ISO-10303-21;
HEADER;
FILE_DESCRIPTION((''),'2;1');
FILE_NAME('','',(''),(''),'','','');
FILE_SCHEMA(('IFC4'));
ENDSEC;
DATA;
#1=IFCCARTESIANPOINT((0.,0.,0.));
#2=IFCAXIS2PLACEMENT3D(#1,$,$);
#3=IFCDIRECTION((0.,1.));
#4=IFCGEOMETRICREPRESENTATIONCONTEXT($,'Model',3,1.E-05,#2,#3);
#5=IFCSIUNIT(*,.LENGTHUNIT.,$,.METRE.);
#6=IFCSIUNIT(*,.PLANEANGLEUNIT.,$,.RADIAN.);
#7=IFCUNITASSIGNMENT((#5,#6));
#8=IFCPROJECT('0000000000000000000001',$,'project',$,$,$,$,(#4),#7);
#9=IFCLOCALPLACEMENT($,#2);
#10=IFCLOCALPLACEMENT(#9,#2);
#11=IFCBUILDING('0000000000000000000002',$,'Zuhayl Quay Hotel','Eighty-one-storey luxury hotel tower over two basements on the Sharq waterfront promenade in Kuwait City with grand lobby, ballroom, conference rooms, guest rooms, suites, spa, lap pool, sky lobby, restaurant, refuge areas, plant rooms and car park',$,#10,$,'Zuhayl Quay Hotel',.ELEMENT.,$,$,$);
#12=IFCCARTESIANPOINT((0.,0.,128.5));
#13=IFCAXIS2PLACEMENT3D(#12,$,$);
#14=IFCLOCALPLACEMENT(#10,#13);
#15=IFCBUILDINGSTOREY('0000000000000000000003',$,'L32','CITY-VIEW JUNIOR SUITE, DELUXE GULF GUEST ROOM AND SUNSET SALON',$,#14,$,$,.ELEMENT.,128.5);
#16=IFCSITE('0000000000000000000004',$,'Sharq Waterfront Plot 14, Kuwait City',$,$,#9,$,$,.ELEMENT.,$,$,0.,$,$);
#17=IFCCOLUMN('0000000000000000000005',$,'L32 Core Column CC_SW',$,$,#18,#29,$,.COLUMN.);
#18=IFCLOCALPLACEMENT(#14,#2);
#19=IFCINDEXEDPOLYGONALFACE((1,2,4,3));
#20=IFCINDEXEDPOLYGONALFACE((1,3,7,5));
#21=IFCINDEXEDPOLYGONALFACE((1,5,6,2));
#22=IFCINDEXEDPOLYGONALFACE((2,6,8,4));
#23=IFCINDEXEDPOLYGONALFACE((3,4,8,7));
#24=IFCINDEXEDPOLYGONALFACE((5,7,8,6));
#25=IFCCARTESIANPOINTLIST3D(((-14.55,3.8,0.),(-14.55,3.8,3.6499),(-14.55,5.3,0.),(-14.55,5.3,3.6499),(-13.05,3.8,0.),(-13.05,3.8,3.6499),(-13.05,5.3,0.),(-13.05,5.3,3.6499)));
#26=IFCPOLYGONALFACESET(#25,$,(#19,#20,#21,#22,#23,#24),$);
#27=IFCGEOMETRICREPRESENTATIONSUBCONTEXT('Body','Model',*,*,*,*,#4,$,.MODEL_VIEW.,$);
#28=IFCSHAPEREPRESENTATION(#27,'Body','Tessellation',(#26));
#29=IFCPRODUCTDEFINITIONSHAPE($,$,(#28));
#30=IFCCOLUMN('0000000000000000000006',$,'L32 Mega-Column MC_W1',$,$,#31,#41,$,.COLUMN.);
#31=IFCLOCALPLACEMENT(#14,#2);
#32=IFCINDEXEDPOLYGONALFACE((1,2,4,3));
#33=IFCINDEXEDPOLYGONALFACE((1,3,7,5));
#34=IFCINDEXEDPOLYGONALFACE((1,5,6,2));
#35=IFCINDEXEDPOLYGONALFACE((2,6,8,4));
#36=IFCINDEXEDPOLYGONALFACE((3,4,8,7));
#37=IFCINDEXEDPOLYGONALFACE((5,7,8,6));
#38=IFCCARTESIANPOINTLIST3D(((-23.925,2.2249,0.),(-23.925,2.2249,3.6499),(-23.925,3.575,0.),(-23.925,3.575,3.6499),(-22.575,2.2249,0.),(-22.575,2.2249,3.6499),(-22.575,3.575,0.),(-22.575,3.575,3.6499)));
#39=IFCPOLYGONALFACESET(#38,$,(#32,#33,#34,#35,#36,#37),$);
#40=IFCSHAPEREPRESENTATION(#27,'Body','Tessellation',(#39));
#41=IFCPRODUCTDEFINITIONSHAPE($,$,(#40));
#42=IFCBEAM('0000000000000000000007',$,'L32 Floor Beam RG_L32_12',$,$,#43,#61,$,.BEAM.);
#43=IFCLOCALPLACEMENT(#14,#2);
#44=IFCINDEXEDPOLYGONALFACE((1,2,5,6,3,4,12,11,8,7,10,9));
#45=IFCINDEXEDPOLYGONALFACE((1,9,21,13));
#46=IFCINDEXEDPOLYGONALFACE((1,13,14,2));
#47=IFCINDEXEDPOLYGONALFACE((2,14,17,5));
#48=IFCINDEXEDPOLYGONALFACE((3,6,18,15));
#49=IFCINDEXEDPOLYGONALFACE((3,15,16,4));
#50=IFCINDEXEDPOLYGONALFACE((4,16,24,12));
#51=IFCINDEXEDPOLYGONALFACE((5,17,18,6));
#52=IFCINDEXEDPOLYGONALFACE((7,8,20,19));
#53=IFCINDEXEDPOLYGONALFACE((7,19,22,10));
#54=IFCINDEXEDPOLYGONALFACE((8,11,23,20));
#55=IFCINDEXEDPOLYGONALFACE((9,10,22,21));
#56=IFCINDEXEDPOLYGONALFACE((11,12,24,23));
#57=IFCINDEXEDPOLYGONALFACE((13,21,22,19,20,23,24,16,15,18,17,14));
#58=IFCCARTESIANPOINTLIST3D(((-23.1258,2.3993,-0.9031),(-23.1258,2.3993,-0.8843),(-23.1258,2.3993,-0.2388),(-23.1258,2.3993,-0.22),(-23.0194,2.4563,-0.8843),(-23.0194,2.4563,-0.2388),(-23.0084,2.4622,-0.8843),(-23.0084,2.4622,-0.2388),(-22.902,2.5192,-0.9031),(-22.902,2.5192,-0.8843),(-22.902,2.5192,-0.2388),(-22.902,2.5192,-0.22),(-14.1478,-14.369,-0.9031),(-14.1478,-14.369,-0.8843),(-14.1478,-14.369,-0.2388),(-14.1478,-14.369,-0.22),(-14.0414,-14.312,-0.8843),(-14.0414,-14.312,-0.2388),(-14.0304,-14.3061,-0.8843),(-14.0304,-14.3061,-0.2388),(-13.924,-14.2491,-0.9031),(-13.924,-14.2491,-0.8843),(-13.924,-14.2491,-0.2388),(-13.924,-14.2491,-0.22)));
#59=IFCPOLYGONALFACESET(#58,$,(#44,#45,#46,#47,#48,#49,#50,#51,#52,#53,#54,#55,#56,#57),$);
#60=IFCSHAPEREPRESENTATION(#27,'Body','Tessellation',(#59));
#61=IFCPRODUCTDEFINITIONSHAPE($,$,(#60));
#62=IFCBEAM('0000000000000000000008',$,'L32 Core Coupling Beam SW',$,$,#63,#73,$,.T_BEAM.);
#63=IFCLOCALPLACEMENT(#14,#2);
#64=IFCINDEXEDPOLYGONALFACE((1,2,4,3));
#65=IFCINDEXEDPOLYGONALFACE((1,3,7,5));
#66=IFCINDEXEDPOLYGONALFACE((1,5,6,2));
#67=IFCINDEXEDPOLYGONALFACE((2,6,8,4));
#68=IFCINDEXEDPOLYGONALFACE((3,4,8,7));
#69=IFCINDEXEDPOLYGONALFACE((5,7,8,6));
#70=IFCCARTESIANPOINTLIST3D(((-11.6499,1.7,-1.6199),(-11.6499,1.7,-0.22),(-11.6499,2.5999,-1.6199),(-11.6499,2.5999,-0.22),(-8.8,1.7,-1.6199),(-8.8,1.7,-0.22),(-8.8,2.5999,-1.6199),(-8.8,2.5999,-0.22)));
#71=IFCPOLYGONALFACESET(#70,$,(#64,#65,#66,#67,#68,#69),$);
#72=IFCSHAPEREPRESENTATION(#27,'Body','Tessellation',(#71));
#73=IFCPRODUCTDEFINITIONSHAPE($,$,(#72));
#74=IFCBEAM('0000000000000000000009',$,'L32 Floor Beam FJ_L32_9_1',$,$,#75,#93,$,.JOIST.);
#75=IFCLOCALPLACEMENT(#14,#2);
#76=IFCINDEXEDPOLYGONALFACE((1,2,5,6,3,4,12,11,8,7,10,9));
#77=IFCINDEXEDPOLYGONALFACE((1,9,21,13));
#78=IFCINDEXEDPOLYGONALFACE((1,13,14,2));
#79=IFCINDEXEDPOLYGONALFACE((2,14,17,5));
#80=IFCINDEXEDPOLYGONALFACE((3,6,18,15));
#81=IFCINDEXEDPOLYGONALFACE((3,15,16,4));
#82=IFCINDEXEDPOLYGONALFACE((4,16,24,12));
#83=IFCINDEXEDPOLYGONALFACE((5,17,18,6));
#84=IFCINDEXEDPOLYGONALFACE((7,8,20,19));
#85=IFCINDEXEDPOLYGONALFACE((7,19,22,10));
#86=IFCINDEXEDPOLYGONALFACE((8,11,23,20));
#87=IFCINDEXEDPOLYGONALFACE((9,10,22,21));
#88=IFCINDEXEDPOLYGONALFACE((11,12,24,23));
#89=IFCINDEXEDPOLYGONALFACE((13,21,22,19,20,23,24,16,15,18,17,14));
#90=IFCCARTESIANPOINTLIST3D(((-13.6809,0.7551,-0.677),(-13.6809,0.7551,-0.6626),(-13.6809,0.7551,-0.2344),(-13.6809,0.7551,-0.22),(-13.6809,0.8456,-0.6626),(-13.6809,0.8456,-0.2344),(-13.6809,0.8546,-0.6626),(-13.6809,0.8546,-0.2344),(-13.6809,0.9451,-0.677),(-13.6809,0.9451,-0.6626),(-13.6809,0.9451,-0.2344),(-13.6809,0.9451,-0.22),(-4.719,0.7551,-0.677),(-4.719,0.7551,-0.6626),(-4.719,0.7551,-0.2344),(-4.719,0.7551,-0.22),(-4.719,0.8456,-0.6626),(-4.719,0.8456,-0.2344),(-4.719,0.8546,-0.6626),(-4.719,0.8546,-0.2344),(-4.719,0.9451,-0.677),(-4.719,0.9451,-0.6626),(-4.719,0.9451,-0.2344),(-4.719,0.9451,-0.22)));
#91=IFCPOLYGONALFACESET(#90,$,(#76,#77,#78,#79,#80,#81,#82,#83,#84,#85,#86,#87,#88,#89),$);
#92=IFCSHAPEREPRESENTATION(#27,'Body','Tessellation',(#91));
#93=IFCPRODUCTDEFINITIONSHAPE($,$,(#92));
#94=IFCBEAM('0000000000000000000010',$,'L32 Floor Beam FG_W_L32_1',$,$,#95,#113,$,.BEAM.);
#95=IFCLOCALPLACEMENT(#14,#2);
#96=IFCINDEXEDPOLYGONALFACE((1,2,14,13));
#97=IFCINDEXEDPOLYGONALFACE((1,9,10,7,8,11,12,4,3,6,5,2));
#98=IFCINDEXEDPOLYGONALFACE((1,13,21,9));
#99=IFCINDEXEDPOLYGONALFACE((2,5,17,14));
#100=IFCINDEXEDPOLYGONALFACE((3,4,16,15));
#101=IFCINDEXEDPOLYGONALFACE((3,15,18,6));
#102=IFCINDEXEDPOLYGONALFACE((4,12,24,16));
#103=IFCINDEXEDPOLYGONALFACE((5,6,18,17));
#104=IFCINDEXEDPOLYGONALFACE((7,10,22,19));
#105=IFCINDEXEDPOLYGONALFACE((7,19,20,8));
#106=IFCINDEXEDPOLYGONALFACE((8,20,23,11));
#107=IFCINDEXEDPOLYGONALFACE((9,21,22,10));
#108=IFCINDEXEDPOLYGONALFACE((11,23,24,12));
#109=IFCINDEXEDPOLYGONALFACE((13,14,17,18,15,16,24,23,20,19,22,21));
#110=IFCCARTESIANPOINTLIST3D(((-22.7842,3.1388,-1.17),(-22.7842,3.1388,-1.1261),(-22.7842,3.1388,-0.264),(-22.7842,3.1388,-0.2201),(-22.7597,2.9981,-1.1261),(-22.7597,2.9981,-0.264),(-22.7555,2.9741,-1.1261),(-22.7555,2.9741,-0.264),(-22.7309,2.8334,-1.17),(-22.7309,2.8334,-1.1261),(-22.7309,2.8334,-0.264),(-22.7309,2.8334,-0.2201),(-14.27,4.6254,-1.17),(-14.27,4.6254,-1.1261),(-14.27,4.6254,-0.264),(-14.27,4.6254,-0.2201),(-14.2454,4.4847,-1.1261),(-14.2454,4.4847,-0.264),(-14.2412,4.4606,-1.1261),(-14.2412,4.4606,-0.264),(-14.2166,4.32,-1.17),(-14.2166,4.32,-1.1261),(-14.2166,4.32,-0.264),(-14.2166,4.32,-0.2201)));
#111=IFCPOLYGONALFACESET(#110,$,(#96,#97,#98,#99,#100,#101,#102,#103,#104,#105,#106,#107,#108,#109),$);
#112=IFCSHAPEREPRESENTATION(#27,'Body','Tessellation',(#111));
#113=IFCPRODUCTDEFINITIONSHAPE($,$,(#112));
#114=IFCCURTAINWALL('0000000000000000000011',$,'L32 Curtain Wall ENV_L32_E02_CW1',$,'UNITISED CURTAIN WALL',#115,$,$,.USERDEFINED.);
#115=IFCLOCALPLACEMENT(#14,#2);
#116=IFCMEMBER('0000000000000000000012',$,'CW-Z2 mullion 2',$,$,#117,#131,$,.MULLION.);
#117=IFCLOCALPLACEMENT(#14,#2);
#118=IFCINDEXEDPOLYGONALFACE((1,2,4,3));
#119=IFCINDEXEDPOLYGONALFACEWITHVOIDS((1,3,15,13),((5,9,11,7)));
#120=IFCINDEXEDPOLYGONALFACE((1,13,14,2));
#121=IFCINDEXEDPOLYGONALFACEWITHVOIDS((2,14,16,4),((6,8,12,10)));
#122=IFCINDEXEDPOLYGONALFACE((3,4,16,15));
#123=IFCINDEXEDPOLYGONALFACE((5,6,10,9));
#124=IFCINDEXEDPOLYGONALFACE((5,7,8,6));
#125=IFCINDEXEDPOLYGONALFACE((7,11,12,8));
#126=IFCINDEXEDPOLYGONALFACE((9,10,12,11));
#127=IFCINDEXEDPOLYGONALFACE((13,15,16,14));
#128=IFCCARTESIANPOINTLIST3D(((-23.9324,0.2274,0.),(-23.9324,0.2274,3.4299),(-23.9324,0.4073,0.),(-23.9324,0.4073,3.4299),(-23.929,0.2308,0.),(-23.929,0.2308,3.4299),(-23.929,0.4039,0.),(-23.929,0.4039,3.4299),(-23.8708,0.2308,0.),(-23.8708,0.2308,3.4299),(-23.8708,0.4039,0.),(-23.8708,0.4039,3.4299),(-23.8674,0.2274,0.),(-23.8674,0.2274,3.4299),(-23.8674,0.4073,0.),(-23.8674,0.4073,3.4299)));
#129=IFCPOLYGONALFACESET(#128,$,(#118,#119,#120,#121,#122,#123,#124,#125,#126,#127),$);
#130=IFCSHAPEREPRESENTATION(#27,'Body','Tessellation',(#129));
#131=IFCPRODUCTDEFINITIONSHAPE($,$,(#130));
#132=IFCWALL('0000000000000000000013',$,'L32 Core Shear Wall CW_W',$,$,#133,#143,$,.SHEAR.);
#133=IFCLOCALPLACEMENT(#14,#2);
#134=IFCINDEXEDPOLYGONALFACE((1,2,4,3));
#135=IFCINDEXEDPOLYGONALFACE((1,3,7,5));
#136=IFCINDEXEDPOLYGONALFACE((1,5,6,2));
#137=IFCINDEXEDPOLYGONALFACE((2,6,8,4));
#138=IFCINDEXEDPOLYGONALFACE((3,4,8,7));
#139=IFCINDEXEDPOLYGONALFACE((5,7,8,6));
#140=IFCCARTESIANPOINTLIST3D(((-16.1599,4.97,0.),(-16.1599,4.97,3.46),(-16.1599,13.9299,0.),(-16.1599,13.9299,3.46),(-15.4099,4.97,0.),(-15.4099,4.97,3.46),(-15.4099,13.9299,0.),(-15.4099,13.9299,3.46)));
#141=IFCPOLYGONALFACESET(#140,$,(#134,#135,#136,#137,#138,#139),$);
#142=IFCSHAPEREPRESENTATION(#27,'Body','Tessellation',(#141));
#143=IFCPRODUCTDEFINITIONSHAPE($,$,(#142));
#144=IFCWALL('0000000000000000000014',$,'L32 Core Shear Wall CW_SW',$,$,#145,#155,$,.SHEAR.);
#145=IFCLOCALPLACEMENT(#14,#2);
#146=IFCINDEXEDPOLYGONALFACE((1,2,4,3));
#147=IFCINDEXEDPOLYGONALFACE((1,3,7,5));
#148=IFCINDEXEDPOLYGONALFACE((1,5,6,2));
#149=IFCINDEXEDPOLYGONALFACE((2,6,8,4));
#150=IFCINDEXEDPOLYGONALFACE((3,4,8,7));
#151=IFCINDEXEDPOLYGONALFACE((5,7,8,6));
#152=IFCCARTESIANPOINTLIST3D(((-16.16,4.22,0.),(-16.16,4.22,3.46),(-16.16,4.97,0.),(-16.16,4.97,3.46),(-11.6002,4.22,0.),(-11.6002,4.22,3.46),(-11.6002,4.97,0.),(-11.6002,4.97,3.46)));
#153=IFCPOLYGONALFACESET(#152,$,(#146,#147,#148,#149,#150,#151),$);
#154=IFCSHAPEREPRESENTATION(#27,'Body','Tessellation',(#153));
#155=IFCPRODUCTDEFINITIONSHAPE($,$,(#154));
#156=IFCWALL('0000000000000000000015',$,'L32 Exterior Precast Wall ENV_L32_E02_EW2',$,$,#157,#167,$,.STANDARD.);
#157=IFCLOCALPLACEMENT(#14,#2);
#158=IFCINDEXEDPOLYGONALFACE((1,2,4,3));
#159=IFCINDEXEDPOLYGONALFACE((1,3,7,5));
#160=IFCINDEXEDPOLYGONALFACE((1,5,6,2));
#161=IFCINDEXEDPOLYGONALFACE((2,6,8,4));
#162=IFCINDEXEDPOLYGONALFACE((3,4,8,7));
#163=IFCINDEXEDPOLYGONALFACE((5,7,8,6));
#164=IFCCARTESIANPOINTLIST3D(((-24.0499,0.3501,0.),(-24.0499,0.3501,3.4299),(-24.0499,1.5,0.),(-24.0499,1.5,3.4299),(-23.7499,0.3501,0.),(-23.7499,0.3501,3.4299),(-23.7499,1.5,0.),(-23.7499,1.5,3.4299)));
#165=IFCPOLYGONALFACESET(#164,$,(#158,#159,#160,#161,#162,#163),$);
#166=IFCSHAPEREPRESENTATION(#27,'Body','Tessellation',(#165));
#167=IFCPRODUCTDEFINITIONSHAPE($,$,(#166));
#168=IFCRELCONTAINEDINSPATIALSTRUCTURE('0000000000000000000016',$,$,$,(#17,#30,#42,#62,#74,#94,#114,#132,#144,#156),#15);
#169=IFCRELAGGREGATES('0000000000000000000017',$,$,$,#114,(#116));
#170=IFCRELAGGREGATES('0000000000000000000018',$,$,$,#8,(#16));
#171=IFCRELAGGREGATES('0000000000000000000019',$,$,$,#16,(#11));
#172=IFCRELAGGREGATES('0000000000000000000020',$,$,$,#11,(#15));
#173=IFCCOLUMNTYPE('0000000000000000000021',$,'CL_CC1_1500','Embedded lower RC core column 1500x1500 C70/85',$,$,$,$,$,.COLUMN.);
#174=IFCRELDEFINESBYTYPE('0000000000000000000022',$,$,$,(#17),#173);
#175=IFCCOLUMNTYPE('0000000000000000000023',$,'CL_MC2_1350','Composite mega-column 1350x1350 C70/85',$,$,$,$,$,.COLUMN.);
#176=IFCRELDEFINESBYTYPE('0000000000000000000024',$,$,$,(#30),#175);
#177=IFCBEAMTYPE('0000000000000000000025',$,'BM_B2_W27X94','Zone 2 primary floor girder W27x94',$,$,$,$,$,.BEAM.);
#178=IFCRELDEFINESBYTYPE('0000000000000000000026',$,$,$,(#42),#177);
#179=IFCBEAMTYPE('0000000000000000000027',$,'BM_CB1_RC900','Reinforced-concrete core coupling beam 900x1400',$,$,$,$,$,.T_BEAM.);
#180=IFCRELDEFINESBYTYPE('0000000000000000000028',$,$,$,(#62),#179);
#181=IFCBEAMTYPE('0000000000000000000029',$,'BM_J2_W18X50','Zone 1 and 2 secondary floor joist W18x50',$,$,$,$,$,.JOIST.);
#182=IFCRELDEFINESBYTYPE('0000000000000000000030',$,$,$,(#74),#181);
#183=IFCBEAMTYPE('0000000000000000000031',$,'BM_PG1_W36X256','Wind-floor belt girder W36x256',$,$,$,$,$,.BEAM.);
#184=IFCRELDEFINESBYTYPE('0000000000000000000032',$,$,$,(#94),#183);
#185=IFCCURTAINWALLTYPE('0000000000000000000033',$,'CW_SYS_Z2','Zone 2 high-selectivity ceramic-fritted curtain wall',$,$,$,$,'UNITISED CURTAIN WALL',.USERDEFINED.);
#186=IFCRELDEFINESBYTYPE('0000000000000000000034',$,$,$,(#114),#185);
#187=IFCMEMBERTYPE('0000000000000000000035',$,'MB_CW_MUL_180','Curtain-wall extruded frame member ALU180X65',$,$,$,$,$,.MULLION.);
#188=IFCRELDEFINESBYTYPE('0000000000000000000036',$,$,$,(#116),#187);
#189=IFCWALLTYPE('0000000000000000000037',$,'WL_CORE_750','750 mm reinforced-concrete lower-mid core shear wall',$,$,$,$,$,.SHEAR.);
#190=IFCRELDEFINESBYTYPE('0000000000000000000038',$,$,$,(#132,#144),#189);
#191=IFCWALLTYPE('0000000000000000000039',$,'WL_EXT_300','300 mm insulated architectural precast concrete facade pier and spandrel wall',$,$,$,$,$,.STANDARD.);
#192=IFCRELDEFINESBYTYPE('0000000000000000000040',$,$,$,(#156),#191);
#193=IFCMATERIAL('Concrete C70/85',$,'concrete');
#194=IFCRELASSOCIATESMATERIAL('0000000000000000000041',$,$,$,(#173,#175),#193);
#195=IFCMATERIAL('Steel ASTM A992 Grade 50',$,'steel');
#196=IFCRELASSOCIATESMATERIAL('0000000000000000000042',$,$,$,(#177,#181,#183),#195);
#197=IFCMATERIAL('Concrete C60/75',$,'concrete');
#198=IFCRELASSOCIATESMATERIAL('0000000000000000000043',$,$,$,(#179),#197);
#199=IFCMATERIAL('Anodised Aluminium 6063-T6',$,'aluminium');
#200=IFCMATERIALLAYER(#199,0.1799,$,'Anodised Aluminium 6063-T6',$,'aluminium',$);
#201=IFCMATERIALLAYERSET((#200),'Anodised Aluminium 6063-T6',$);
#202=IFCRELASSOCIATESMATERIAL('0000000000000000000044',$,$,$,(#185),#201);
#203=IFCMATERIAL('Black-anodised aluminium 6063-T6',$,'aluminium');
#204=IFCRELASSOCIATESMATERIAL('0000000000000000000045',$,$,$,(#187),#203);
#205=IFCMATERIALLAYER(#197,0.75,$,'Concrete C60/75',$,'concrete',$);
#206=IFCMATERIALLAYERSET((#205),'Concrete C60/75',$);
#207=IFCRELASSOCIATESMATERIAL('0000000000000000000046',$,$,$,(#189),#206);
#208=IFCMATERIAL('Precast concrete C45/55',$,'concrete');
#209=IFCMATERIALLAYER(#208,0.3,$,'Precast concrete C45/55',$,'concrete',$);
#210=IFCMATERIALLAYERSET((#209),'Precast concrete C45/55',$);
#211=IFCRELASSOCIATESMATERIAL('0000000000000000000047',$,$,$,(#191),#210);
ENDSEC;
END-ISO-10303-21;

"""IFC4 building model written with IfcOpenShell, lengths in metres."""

from ifc_helpers import new_model, si_unit, direction, frame, frame_2d, origin, origin_2d, place, context, subcontext, project, spatial, rectangle, hollow_rectangle, i_section, extrude, material, layer, layer_set, material_profile, profile_set, type_object, element, aggregate, save


model = new_model("IFC4")

# Units and contexts
model_context = context("Model", 3, precision=1e-05, world=origin(), true_north=direction((0.0, 1.0)))
body_context = subcontext(model_context, "Body", "Model", "MODEL_VIEW")
ifc_project = project(units=[si_unit("LENGTHUNIT", "METRE"), si_unit("PLANEANGLEUNIT", "RADIAN")], contexts=[model_context])

# Site, building, storey
site_placement = place(None, origin())
site = spatial("IfcSite", under=ifc_project, at=site_placement, Name="Sharq Waterfront Plot 14, Kuwait City", CompositionType="ELEMENT", RefElevation=0.0)
building_placement = place(site_placement, origin())
building = spatial("IfcBuilding", under=site, at=building_placement, Name="Zuhayl Quay Hotel", Description="Eighty-one-storey luxury hotel tower over two basements on the Sharq waterfront promenade in Kuwait City with grand lobby, ballroom, conference rooms, guest rooms, suites, spa, lap pool, sky lobby, restaurant, refuge areas, plant rooms and car park", LongName="Zuhayl Quay Hotel", CompositionType="ELEMENT")
storey_placement = place(building_placement, frame((0.0, 0.0, 128.5)))
storey = spatial("IfcBuildingStorey", under=building, at=storey_placement, Name="L32", Description="CITY-VIEW JUNIOR SUITE, DELUXE GULF GUEST ROOM AND SUNSET SALON", CompositionType="ELEMENT", Elevation=128.5)

# Columns
ifc_material_1 = material(Name="Concrete C70/85", Category="concrete")
ifc_material_profile_1 = material_profile(ifc_material_1, rectangle(XDim=1.5, YDim=1.5, at=origin_2d()), Name="RC1500X1500")
ifc_profile_set_1 = profile_set([ifc_material_profile_1], Name="Concrete C70/85")
column_type_1 = type_object("IfcColumnType", Name="CL_CC1_1500", Description="Embedded lower RC core column 1500x1500 C70/85", PredefinedType="COLUMN", material=ifc_profile_set_1)
column_1_placement = place(storey_placement, frame((-13.8, 4.55, 0.0), z_axis=(0.0, 0.0, 1.0), x_axis=(1.0, 0.0, 0.0)))
element("IfcColumn", 1, at=column_1_placement, inside=storey, type_object=column_type_1, Name="L32 Core Column CC_SW", PredefinedType="COLUMN", context=body_context, shape_type="SweptSolid", body=[
    extrude(rectangle(XDim=1.5, YDim=1.5, at=origin_2d()), origin(), (0.0, 0.0, 1.0), 3.6499),
])
ifc_material_profile_2 = material_profile(ifc_material_1, rectangle(XDim=1.3501, YDim=1.3501, at=origin_2d()), Name="RC1350X1350")
ifc_profile_set_2 = profile_set([ifc_material_profile_2], Name="Concrete C70/85")
column_type_2 = type_object("IfcColumnType", Name="CL_MC2_1350", Description="Composite mega-column 1350x1350 C70/85", PredefinedType="COLUMN", material=ifc_profile_set_2)
column_2_placement = place(storey_placement, frame((-23.25, 2.8999, 0.0), z_axis=(0.0, 0.0, 1.0), x_axis=(1.0, 0.0, 0.0)))
element("IfcColumn", 2, at=column_2_placement, inside=storey, type_object=column_type_2, Name="L32 Mega-Column MC_W1", PredefinedType="COLUMN", context=body_context, shape_type="SweptSolid", body=[
    extrude(rectangle(XDim=1.3501, YDim=1.3501, at=origin_2d()), origin(), (0.0, 0.0, 1.0), 3.6499),
])

# Beams
ifc_material_2 = material(Name="Steel ASTM A992 Grade 50", Category="steel")
ifc_material_profile_3 = material_profile(ifc_material_2, i_section(OverallWidth=0.2539, OverallDepth=0.6831, WebThickness=0.0125, FlangeThickness=0.0188, at=origin_2d()), Name="W27X94")
ifc_profile_set_3 = profile_set([ifc_material_profile_3], Name="Steel ASTM A992 Grade 50")
beam_type_1 = type_object("IfcBeamType", Name="BM_B2_W27X94", Description="Zone 2 primary floor girder W27x94", PredefinedType="BEAM", material=ifc_profile_set_3)
beam_1_placement = place(storey_placement, frame((-23.0139, 2.4592, -0.5615), z_axis=(0.472017, -0.881589, 0.0), x_axis=(0.881589, 0.472017, 0.0)))
element("IfcBeam", 3, at=beam_1_placement, inside=storey, type_object=beam_type_1, Name="L32 Floor Beam RG_L32_12", PredefinedType="BEAM", context=body_context, shape_type="SweptSolid", body=[
    extrude(i_section(OverallWidth=0.2539, OverallDepth=0.6831, WebThickness=0.0125, FlangeThickness=0.0188, at=origin_2d()), origin(), (0.0, 0.0, 1.0), 19.0205),
])
ifc_material_3 = material(Name="Concrete C60/75", Category="concrete")
ifc_material_profile_4 = material_profile(ifc_material_3, rectangle(XDim=0.8999, YDim=1.3999, at=origin_2d()), Name="RC900X1400")
ifc_profile_set_4 = profile_set([ifc_material_profile_4], Name="Concrete C60/75")
beam_type_2 = type_object("IfcBeamType", Name="BM_CB1_RC900", Description="Reinforced-concrete core coupling beam 900x1400", PredefinedType="T_BEAM", material=ifc_profile_set_4)
beam_2_placement = place(storey_placement, frame((-11.6499, 2.1499, -0.9199), z_axis=(1.0, 0.0, 0.0), x_axis=(0.0, 1.0, 0.0)))
element("IfcBeam", 4, at=beam_2_placement, inside=storey, type_object=beam_type_2, Name="L32 Core Coupling Beam SW", PredefinedType="T_BEAM", context=body_context, shape_type="SweptSolid", body=[
    extrude(rectangle(XDim=0.8999, YDim=1.3999, at=origin_2d()), origin(), (0.0, 0.0, 1.0), 2.8499),
])
ifc_material_profile_5 = material_profile(ifc_material_2, i_section(OverallWidth=0.1899, OverallDepth=0.457, WebThickness=0.009, FlangeThickness=0.0144, at=origin_2d()), Name="W18X50")
ifc_profile_set_5 = profile_set([ifc_material_profile_5], Name="Steel ASTM A992 Grade 50")
beam_type_3 = type_object("IfcBeamType", Name="BM_J2_W18X50", Description="Zone 1 and 2 secondary floor joist W18x50", PredefinedType="JOIST", material=ifc_profile_set_5)
beam_3_placement = place(storey_placement, frame((-13.6809, 0.8501, -0.4485), z_axis=(1.0, 0.0, 0.0), x_axis=(0.0, 1.0, 0.0)))
element("IfcBeam", 5, at=beam_3_placement, inside=storey, type_object=beam_type_3, Name="L32 Floor Beam FJ_L32_9_1", PredefinedType="JOIST", context=body_context, shape_type="SweptSolid", body=[
    extrude(i_section(OverallWidth=0.1899, OverallDepth=0.457, WebThickness=0.009, FlangeThickness=0.0144, at=origin_2d()), origin(), (0.0, 0.0, 1.0), 8.9619),
])
ifc_material_profile_6 = material_profile(ifc_material_2, i_section(OverallWidth=0.3101, OverallDepth=0.95, WebThickness=0.0244, FlangeThickness=0.0439, at=origin_2d()), Name="W36X256")
ifc_profile_set_6 = profile_set([ifc_material_profile_6], Name="Steel ASTM A992 Grade 50")
beam_type_4 = type_object("IfcBeamType", Name="BM_PG1_W36X256", Description="Wind-floor belt girder W36x256", PredefinedType="BEAM", material=ifc_profile_set_6)
beam_4_placement = place(storey_placement, frame((-22.7576, 2.9861, -0.6951), z_axis=(0.985097, 0.171998, 0.0), x_axis=(-0.171998, 0.985097, 0.0)))
element("IfcBeam", 6, at=beam_4_placement, inside=storey, type_object=beam_type_4, Name="L32 Floor Beam FG_W_L32_1", PredefinedType="BEAM", context=body_context, shape_type="SweptSolid", body=[
    extrude(i_section(OverallWidth=0.3101, OverallDepth=0.95, WebThickness=0.0244, FlangeThickness=0.0439, at=origin_2d()), origin(), (0.0, 0.0, 1.0), 8.6431),
])

# Curtain wall, member
ifc_material_4 = material(Name="Anodised Aluminium 6063-T6", Category="aluminium")
ifc_layer_1 = layer(ifc_material_4, 0.1799, Name="Anodised Aluminium 6063-T6", Category="aluminium")
ifc_layer_set_1 = layer_set([ifc_layer_1], Name="Anodised Aluminium 6063-T6")
curtain_wall_type = type_object("IfcCurtainWallType", Name="CW_SYS_Z2", Description="Zone 2 high-selectivity ceramic-fritted curtain wall", ElementType="UNITISED CURTAIN WALL", PredefinedType="USERDEFINED", material=ifc_layer_set_1)
curtain_wall_placement = place(storey_placement, origin())
curtain_wall = element("IfcCurtainWall", 7, at=curtain_wall_placement, inside=storey, type_object=curtain_wall_type, Name="L32 Curtain Wall ENV_L32_E02_CW1", ObjectType="UNITISED CURTAIN WALL", PredefinedType="USERDEFINED")
ifc_material_5 = material(Name="Black-anodised aluminium 6063-T6", Category="aluminium")
ifc_material_profile_7 = material_profile(ifc_material_5, hollow_rectangle(XDim=0.0649, YDim=0.1799, WallThickness=0.0034, at=origin_2d()), Name="ALU180X65")
ifc_profile_set_7 = profile_set([ifc_material_profile_7], Name="Black-anodised aluminium 6063-T6")
member_type = type_object("IfcMemberType", Name="MB_CW_MUL_180", Description="Curtain-wall extruded frame member ALU180X65", PredefinedType="MULLION", material=ifc_profile_set_7)
member_placement = place(storey_placement, frame((-23.8999, 0.3174, 0.0), z_axis=(0.0, 0.0, 1.0), x_axis=(-1.0, 0.0, 0.0)))
member = element("IfcMember", 8, at=member_placement, type_object=member_type, Name="CW-Z2 mullion 2", PredefinedType="MULLION", context=body_context, shape_type="SweptSolid", body=[
    extrude(hollow_rectangle(XDim=0.0649, YDim=0.1799, WallThickness=0.0034, at=origin_2d()), origin(), (0.0, 0.0, 1.0), 3.4299),
])
aggregate(curtain_wall, [member])

# Walls
ifc_layer_2 = layer(ifc_material_3, 0.75, Name="Concrete C60/75", Category="concrete")
ifc_layer_set_2 = layer_set([ifc_layer_2], Name="Concrete C60/75")
wall_type_1 = type_object("IfcWallType", Name="WL_CORE_750", Description="750 mm reinforced-concrete lower-mid core shear wall", PredefinedType="SHEAR", material=ifc_layer_set_2)
wall_1_placement = place(storey_placement, frame((-15.7849, 4.97, 0.0), z_axis=(0.0, 0.0, 1.0), x_axis=(0.0, 1.0, 0.0)))
element("IfcWall", 9, at=wall_1_placement, inside=storey, type_object=wall_type_1, Name="L32 Core Shear Wall CW_W", PredefinedType="SHEAR", context=body_context, shape_type="SweptSolid", body=[
    extrude(rectangle(XDim=8.96, YDim=0.75, at=frame_2d((4.48, 0.0))), origin(), (0.0, 0.0, 1.0), 3.46),
])
wall_2_placement = place(storey_placement, frame((-16.1599, 4.595, 0.0), z_axis=(0.0, 0.0, 1.0), x_axis=(1.0, 0.0, 0.0)))
element("IfcWall", 10, at=wall_2_placement, inside=storey, type_object=wall_type_1, Name="L32 Core Shear Wall CW_SW", PredefinedType="SHEAR", context=body_context, shape_type="SweptSolid", body=[
    extrude(rectangle(XDim=4.5598, YDim=0.75, at=frame_2d((2.2798, 0.0))), origin(), (0.0, 0.0, 1.0), 3.46),
])
ifc_material_6 = material(Name="Precast concrete C45/55", Category="concrete")
ifc_layer_3 = layer(ifc_material_6, 0.3, Name="Precast concrete C45/55", Category="concrete")
ifc_layer_set_3 = layer_set([ifc_layer_3], Name="Precast concrete C45/55")
wall_type_2 = type_object("IfcWallType", Name="WL_EXT_300", Description="300 mm insulated architectural precast concrete facade pier and spandrel wall", PredefinedType="STANDARD", material=ifc_layer_set_3)
wall_3_placement = place(storey_placement, frame((-23.8999, 0.3501, 0.0), z_axis=(0.0, 0.0, 1.0), x_axis=(0.0, 1.0, 0.0)))
element("IfcWall", 11, at=wall_3_placement, inside=storey, type_object=wall_type_2, Name="L32 Exterior Precast Wall ENV_L32_E02_EW2", PredefinedType="STANDARD", context=body_context, shape_type="SweptSolid", body=[
    extrude(rectangle(XDim=1.1499, YDim=0.3, at=frame_2d((0.575, 0.0))), origin(), (0.0, 0.0, 1.0), 3.4299),
])

save(model, "model.ifc")
